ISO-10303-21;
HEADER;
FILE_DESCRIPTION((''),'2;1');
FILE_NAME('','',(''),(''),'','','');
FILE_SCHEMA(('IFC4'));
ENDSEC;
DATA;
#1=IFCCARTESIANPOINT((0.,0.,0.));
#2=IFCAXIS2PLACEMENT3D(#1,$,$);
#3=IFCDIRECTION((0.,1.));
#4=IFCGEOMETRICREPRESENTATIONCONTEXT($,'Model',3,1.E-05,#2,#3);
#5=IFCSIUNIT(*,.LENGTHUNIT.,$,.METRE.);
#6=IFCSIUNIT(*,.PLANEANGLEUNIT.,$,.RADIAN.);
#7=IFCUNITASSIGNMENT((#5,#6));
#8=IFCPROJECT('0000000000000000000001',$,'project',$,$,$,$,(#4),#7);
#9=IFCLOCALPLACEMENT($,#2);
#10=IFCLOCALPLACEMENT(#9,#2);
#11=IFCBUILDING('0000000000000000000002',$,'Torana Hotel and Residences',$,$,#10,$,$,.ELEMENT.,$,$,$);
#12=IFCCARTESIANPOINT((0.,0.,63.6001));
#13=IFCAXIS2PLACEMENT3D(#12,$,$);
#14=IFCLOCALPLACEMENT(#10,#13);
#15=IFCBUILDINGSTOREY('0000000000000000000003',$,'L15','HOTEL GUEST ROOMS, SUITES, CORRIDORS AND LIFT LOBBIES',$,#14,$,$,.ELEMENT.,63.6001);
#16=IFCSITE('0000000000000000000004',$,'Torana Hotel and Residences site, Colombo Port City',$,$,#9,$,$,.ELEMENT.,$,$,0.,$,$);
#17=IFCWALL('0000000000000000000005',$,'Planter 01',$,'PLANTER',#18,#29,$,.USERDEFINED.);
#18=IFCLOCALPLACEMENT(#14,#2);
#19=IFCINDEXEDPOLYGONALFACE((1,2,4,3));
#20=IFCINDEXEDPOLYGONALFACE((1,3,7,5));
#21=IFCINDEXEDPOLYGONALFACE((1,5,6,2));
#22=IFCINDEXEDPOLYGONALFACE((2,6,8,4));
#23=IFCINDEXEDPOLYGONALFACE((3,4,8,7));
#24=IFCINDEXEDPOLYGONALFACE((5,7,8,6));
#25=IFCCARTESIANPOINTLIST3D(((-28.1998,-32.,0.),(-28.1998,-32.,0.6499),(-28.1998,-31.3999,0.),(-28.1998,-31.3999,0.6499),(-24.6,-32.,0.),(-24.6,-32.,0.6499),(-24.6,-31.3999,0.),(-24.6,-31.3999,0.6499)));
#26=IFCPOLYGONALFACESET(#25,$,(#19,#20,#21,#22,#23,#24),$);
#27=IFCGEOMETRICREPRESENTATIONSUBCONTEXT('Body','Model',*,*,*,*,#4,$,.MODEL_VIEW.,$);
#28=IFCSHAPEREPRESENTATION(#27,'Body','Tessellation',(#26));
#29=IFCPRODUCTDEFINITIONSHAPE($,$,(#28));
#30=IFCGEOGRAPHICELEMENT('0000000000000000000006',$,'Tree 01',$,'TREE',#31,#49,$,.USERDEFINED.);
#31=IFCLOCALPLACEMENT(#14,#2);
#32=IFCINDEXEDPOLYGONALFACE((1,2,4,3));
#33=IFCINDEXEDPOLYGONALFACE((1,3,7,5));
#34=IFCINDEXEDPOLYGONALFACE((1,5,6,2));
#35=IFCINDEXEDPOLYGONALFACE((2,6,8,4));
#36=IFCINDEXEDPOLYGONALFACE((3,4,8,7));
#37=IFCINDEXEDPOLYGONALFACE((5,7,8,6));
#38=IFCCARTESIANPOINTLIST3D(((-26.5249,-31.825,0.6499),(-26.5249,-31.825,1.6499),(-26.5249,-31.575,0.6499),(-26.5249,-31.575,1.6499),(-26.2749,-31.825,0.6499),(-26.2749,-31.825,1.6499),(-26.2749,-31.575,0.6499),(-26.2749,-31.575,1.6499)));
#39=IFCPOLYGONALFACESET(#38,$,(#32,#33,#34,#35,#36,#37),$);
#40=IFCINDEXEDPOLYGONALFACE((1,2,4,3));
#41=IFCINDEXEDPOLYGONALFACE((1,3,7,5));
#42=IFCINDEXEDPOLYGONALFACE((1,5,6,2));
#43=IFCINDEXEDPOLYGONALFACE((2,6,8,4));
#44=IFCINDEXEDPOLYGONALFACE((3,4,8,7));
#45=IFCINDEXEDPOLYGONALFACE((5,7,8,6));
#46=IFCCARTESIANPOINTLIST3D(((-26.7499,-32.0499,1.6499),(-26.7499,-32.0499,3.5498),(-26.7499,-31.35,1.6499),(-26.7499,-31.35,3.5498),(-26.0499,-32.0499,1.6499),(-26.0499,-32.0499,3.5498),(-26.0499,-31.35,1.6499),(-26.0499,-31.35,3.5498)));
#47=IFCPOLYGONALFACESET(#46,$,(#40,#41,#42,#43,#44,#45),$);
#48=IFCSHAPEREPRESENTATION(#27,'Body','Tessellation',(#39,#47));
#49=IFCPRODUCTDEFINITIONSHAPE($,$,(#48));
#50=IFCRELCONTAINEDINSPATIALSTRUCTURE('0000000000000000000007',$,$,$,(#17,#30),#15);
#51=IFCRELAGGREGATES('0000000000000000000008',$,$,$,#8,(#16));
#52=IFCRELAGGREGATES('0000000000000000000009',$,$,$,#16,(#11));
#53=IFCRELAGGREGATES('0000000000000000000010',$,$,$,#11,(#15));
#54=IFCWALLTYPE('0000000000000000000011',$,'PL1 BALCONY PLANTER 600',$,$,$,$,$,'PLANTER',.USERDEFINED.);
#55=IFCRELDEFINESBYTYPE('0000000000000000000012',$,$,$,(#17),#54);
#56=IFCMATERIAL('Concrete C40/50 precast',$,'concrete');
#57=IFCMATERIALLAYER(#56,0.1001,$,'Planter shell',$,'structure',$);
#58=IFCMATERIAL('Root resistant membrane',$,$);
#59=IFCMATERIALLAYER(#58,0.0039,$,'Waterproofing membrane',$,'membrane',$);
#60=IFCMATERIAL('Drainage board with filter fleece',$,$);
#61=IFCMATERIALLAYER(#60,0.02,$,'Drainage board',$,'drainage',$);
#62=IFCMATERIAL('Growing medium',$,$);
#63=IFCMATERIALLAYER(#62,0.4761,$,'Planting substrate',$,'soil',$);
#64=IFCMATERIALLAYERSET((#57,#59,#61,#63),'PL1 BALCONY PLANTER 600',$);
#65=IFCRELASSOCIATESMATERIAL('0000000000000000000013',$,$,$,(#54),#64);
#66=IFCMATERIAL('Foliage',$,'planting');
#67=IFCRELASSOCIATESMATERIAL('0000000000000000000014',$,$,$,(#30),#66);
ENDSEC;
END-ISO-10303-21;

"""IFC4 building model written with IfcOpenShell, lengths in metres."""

from ifc_helpers import new_model, si_unit, direction, frame, frame_2d, origin, origin_2d, place, context, subcontext, project, spatial, rectangle, extrude, material, layer, layer_set, type_object, element, save


model = new_model("IFC4")

# Units and contexts
model_context = context("Model", 3, precision=1e-05, world=origin(), true_north=direction((0.0, 1.0)))
body_context = subcontext(model_context, "Body", "Model", "MODEL_VIEW")
ifc_project = project(units=[si_unit("LENGTHUNIT", "METRE"), si_unit("PLANEANGLEUNIT", "RADIAN")], contexts=[model_context])

# Site, building, storey
site_placement = place(None, origin())
site = spatial("IfcSite", under=ifc_project, at=site_placement, Name="Torana Hotel and Residences site, Colombo Port City", CompositionType="ELEMENT", RefElevation=0.0)
building_placement = place(site_placement, origin())
building = spatial("IfcBuilding", under=site, at=building_placement, Name="Torana Hotel and Residences", CompositionType="ELEMENT")
storey_placement = place(building_placement, frame((0.0, 0.0, 63.6001)))
storey = spatial("IfcBuildingStorey", under=building, at=storey_placement, Name="L15", Description="HOTEL GUEST ROOMS, SUITES, CORRIDORS AND LIFT LOBBIES", CompositionType="ELEMENT", Elevation=63.6001)

# Wall
ifc_material_1 = material(Name="Concrete C40/50 precast", Category="concrete")
ifc_layer_1 = layer(ifc_material_1, 0.1001, Name="Planter shell", Category="structure")
ifc_material_2 = material(Name="Root resistant membrane")
ifc_layer_2 = layer(ifc_material_2, 0.0039, Name="Waterproofing membrane", Category="membrane")
ifc_material_3 = material(Name="Drainage board with filter fleece")
ifc_layer_3 = layer(ifc_material_3, 0.02, Name="Drainage board", Category="drainage")
ifc_material_4 = material(Name="Growing medium")
ifc_layer_4 = layer(ifc_material_4, 0.4761, Name="Planting substrate", Category="soil")
ifc_layer_set_1 = layer_set([ifc_layer_1, ifc_layer_2, ifc_layer_3, ifc_layer_4], Name="PL1 BALCONY PLANTER 600")
wall_type_1 = type_object("IfcWallType", Name="PL1 BALCONY PLANTER 600", ElementType="PLANTER", PredefinedType="USERDEFINED", material=ifc_layer_set_1)
wall_1_placement = place(storey_placement, frame((-24.6001, -31.7, 0.0), z_axis=(0.0, 0.0, 1.0), x_axis=(-1.0, 0.0, 0.0)))
element("IfcWall", 1, at=wall_1_placement, inside=storey, type_object=wall_type_1, Name="Planter 01", ObjectType="PLANTER", PredefinedType="USERDEFINED", context=body_context, shape_type="SweptSolid", body=[
    extrude(rectangle(XDim=3.5999, YDim=0.6001, at=frame_2d((1.7998, 0.0))), origin(), (0.0, 0.0, 1.0), 0.6499),
])

# Geographic element
ifc_material_5 = material(Name="Foliage", Category="planting")
geographic_element_placement = place(storey_placement, frame((-26.3999, -31.7, 0.6499), z_axis=(0.0, 0.0, 1.0), x_axis=(1.0, 0.0, 0.0)))
element("IfcGeographicElement", 2, at=geographic_element_placement, inside=storey, material=ifc_material_5, Name="Tree 01", ObjectType="TREE", PredefinedType="USERDEFINED", context=body_context, shape_type="SweptSolid", body=[
    extrude(rectangle(XDim=0.25, YDim=0.25, at=origin_2d()), origin(), (0.0, 0.0, 1.0), 1.0),
    extrude(rectangle(XDim=0.7, YDim=0.7, at=origin_2d()), frame((0.0, 0.0, 1.0)), (0.0, 0.0, 1.0), 1.8999),
])

save(model, "model.ifc")
